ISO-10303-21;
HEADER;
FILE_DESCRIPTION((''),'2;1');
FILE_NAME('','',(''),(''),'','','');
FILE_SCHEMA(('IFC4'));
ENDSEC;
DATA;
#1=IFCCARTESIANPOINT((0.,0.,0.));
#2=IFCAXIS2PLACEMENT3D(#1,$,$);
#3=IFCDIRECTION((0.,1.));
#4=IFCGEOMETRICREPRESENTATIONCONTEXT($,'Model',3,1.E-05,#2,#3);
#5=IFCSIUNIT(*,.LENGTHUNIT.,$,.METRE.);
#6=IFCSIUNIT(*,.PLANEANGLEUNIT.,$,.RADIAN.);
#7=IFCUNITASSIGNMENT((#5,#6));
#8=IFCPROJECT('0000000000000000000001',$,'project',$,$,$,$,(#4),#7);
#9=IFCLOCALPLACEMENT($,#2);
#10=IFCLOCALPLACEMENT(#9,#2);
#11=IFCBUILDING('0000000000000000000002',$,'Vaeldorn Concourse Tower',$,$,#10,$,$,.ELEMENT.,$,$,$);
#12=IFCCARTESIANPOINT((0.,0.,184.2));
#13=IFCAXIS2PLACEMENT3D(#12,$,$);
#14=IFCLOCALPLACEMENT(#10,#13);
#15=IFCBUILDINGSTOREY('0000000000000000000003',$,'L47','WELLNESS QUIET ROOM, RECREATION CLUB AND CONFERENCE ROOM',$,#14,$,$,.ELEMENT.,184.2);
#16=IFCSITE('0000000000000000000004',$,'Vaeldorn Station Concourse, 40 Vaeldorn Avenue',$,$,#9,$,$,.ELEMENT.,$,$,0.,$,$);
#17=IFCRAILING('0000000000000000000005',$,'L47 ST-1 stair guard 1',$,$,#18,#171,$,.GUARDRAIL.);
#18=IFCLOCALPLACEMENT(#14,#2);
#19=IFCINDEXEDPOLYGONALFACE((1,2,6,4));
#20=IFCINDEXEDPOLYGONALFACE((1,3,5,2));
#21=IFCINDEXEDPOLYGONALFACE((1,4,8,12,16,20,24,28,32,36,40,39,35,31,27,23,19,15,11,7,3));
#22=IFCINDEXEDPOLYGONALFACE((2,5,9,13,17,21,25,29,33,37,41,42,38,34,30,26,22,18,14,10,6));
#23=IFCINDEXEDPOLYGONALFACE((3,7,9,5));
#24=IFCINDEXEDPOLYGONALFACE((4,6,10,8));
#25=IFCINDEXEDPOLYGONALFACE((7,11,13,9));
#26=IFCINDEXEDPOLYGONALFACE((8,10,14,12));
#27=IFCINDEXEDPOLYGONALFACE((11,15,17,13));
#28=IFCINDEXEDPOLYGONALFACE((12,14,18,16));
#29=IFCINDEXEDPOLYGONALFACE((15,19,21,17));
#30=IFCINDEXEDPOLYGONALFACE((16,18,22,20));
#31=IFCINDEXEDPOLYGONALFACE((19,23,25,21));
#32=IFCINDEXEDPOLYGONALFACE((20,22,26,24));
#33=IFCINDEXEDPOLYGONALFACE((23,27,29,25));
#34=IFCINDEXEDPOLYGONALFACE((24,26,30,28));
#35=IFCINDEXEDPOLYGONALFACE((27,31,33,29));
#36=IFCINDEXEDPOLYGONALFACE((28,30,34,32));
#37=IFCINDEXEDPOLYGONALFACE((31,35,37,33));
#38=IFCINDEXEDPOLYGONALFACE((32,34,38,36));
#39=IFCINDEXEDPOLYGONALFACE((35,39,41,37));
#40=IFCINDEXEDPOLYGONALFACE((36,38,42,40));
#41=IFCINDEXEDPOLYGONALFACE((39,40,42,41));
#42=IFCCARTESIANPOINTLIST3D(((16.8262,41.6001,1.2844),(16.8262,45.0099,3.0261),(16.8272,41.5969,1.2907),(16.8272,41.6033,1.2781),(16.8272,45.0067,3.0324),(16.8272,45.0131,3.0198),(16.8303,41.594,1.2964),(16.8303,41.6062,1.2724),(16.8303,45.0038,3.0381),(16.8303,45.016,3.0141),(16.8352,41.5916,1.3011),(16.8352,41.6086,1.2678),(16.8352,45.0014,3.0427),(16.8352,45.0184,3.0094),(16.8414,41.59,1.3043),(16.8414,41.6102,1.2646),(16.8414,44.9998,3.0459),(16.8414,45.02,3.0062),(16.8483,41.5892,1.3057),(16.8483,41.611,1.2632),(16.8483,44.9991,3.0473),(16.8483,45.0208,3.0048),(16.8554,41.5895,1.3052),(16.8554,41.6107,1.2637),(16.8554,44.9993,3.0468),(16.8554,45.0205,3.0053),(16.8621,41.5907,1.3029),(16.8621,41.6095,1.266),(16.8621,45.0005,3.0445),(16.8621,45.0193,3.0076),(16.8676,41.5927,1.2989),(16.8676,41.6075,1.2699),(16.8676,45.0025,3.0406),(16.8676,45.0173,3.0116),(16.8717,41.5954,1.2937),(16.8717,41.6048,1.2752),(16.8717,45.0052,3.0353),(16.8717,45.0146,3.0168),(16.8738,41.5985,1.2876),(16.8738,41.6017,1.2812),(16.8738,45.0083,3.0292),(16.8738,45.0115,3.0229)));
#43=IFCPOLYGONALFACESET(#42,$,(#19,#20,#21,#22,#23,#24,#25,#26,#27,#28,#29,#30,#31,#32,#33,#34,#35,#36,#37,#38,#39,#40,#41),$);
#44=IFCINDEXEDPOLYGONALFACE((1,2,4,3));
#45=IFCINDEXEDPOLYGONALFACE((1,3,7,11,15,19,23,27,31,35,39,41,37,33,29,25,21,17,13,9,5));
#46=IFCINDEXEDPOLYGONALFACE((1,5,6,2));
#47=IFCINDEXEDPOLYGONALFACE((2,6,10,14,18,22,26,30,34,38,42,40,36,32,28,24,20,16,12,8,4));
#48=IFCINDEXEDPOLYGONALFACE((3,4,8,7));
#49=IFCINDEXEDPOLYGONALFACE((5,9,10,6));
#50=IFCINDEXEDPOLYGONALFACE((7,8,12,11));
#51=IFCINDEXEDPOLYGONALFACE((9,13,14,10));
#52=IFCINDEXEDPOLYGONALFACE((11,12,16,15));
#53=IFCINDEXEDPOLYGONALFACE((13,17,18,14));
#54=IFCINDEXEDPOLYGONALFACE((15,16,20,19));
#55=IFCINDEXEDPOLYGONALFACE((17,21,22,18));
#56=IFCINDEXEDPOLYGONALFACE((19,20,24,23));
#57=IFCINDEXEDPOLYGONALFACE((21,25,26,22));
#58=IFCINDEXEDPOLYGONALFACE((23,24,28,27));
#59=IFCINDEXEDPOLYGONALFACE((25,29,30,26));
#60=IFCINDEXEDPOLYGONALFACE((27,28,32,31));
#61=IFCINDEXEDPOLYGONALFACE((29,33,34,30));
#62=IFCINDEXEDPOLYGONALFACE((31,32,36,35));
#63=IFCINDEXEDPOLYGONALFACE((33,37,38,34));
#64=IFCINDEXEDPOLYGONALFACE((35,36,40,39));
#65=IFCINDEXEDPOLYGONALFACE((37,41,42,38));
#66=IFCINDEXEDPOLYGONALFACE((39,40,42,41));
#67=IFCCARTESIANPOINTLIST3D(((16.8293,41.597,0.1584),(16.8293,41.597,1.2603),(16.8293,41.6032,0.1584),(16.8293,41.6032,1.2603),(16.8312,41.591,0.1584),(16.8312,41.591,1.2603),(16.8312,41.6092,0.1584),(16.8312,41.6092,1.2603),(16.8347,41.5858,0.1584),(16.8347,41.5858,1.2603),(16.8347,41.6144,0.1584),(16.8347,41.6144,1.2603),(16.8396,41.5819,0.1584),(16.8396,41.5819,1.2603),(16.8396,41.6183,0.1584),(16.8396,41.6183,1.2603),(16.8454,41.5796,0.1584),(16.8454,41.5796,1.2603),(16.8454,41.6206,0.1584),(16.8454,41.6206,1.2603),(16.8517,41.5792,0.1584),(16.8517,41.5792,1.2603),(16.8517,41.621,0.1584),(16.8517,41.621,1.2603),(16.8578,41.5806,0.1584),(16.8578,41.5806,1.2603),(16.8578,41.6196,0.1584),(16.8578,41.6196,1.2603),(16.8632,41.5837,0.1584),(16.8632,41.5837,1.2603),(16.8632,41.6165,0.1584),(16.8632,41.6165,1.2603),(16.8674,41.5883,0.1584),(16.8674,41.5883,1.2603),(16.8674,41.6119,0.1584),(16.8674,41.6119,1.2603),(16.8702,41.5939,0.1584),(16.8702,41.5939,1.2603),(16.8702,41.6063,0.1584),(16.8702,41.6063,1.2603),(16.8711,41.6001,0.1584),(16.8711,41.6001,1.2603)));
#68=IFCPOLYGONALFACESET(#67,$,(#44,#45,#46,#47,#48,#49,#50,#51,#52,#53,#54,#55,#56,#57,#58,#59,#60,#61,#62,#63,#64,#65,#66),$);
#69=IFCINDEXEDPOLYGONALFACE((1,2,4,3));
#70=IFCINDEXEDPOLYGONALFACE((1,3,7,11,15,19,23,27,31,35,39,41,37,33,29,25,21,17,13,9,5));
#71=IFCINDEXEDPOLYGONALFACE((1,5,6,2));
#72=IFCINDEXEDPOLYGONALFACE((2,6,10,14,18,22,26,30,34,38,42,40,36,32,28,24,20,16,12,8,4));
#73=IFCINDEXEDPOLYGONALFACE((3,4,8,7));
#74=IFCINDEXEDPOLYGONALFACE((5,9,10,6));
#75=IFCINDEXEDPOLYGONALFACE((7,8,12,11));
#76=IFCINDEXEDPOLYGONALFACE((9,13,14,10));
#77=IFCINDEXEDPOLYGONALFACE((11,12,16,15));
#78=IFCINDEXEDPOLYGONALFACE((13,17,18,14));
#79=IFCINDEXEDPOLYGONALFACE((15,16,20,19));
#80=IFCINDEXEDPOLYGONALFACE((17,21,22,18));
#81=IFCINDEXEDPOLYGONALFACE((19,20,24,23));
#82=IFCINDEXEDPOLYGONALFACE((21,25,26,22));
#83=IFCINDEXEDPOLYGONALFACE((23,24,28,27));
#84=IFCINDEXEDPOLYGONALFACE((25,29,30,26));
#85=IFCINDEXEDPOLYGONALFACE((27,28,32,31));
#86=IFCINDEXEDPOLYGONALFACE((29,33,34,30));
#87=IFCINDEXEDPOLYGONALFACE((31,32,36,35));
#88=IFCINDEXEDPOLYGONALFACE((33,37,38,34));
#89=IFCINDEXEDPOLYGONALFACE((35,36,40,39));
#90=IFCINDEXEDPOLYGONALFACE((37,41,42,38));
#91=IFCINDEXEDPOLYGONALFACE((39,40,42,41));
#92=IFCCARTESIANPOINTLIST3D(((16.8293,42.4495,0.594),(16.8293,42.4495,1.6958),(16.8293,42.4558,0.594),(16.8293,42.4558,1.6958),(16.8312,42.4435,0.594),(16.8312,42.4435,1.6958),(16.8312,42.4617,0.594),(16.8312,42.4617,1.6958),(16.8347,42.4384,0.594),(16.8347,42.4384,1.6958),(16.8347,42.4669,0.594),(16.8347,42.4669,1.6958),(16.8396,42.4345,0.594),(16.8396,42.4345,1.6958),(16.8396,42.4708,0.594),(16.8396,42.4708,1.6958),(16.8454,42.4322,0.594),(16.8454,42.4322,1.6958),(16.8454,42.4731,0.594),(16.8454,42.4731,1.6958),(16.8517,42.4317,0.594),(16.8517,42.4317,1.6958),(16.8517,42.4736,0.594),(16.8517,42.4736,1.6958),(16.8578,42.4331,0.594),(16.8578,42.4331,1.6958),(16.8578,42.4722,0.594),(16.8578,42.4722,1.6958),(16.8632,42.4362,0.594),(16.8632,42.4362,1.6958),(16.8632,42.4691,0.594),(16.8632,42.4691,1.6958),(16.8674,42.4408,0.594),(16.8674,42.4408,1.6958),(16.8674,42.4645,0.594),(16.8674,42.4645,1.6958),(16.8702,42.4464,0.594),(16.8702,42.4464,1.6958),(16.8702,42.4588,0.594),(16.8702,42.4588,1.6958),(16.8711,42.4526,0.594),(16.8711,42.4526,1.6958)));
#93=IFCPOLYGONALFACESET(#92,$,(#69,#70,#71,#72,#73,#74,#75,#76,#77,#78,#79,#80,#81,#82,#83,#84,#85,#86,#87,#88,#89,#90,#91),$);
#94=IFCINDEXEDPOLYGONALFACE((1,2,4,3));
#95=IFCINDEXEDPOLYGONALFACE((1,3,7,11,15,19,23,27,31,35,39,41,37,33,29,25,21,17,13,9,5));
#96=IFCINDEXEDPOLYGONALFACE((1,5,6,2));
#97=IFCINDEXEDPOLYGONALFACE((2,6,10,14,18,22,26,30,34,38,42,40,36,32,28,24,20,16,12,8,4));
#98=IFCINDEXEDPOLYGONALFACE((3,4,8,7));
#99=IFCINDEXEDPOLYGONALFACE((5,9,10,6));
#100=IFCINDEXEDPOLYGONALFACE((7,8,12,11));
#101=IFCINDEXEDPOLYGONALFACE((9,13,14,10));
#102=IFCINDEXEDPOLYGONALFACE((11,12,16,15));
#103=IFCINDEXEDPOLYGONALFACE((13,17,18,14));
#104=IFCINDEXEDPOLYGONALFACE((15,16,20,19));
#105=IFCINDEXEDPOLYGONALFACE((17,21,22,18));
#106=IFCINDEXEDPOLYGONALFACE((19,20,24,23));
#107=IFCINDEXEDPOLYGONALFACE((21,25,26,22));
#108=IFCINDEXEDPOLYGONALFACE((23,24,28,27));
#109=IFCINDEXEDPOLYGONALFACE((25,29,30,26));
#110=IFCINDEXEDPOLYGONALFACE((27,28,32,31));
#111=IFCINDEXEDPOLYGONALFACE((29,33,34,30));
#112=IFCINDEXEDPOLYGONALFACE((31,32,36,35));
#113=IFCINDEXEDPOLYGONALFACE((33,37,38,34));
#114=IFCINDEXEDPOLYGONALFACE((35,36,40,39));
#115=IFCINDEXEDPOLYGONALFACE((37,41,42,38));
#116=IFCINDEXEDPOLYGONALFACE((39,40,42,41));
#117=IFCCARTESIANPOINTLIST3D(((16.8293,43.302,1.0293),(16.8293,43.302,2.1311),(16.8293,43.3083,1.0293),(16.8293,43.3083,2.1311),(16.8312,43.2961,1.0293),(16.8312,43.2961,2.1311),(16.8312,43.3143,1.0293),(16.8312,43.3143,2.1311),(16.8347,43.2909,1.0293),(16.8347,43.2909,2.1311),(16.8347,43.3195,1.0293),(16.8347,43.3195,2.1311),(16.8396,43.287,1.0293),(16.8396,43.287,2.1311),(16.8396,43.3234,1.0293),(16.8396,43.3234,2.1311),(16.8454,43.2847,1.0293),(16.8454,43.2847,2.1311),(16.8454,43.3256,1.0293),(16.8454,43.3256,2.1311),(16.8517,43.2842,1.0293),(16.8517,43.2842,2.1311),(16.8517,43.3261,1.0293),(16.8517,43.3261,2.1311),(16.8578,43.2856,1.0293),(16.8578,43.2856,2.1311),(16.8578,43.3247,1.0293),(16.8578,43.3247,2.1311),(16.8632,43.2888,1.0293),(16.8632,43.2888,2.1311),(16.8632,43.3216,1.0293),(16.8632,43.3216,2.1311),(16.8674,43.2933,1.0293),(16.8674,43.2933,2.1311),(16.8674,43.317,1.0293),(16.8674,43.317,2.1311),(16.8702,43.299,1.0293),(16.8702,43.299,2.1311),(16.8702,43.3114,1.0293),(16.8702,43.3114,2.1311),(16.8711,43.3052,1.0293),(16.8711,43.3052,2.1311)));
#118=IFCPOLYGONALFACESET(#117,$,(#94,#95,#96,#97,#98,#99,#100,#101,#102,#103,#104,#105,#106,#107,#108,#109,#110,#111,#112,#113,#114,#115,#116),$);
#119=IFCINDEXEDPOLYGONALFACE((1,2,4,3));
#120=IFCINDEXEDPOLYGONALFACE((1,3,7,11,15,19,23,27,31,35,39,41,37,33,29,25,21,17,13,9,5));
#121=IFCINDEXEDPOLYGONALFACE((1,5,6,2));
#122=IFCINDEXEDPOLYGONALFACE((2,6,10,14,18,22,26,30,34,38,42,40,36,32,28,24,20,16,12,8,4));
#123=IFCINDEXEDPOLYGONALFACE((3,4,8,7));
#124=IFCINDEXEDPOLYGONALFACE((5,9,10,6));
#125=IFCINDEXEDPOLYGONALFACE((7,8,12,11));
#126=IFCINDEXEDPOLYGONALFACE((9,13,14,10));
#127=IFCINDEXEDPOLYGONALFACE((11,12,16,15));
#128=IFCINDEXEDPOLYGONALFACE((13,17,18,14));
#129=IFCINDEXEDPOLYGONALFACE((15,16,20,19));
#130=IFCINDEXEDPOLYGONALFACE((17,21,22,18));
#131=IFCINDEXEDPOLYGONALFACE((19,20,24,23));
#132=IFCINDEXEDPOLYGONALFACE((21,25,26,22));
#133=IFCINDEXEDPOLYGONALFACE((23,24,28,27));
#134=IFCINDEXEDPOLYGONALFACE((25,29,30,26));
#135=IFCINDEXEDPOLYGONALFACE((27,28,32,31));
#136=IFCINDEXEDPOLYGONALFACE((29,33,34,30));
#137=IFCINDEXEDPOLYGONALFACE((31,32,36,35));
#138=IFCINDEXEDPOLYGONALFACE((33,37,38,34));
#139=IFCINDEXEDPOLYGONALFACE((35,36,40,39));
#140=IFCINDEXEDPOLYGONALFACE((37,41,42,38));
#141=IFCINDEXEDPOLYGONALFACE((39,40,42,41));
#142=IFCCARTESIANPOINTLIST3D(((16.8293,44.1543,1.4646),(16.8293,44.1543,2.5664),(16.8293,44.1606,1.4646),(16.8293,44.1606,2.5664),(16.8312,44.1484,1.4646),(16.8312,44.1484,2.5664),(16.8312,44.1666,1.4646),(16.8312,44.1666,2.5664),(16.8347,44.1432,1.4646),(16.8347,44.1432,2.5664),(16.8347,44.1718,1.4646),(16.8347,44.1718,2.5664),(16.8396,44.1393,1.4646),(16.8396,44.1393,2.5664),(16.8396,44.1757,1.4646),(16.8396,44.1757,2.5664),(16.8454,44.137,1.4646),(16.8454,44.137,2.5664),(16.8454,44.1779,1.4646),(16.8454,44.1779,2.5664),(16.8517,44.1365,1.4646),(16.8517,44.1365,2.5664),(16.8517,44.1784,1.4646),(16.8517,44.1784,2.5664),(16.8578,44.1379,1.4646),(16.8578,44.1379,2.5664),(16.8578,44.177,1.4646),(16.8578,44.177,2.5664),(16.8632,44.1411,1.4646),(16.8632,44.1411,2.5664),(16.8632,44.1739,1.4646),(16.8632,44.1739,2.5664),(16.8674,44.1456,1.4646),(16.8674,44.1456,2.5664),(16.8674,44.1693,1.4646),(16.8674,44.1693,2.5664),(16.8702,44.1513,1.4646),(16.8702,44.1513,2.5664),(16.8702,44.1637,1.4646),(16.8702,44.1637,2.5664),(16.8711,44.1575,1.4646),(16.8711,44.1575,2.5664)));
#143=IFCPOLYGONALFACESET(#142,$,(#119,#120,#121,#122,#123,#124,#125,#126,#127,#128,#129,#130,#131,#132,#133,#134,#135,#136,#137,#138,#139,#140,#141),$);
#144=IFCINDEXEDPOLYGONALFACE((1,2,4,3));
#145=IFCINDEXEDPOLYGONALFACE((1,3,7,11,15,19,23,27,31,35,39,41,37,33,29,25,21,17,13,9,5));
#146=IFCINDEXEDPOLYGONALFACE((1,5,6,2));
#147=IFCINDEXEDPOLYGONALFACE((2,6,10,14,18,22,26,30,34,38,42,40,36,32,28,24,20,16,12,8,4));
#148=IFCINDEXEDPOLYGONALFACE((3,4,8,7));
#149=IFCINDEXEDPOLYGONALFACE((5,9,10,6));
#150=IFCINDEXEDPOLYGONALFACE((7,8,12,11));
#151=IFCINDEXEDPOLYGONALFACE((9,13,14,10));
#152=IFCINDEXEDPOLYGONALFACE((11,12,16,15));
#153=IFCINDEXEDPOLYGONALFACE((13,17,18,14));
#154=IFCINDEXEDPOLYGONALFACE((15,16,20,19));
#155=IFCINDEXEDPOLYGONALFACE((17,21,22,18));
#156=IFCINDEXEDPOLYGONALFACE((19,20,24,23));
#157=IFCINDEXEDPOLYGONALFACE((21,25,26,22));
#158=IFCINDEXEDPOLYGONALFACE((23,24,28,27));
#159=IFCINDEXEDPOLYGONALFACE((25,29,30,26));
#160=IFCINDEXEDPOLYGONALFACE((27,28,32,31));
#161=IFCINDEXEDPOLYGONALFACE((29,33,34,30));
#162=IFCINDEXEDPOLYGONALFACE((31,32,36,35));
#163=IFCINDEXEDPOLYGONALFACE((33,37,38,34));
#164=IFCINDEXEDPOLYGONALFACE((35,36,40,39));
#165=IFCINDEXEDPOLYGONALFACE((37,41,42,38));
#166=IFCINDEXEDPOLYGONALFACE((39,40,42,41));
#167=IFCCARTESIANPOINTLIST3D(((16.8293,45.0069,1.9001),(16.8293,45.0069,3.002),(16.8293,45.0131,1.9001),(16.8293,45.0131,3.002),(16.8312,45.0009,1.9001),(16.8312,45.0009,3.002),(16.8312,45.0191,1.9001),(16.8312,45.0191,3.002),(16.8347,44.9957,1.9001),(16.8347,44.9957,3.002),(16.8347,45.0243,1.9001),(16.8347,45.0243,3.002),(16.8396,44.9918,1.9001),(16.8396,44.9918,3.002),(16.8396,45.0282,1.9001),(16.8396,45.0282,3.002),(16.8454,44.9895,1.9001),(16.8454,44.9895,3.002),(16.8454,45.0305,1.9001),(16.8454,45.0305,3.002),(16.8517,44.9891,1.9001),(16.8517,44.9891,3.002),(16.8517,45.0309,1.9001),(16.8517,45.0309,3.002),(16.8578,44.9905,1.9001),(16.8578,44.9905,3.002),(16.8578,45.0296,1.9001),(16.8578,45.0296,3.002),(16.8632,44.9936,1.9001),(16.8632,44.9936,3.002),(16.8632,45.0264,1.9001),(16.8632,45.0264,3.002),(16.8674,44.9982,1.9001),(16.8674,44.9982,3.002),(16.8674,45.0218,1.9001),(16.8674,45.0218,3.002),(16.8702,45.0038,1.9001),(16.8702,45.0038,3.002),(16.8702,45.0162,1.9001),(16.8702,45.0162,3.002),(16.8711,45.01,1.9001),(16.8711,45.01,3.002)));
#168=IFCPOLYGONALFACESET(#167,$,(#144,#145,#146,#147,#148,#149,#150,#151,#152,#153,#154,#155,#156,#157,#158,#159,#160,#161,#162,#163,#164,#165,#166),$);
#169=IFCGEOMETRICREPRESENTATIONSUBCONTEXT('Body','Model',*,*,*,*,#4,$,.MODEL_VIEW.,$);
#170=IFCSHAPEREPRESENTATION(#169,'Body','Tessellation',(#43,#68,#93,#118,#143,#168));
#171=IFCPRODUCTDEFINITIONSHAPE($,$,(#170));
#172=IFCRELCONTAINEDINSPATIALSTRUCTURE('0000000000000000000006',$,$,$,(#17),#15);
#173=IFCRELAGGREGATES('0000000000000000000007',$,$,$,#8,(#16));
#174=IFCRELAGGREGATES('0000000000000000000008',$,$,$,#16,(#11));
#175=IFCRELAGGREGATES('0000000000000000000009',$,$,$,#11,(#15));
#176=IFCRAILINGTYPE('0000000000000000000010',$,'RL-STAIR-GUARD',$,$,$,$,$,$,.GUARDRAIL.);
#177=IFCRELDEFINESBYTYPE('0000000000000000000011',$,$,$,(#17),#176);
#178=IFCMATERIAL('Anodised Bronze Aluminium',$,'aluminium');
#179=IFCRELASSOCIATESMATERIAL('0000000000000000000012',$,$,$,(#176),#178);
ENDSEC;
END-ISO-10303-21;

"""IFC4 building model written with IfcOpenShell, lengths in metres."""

from ifc_helpers import new_model, si_unit, direction, frame, origin, origin_2d, place, context, subcontext, project, spatial, circle, extrude, material, type_object, element, save


model = new_model("IFC4")

# Units and contexts
model_context = context("Model", 3, precision=1e-05, world=origin(), true_north=direction((0.0, 1.0)))
body_context = subcontext(model_context, "Body", "Model", "MODEL_VIEW")
ifc_project = project(units=[si_unit("LENGTHUNIT", "METRE"), si_unit("PLANEANGLEUNIT", "RADIAN")], contexts=[model_context])

# Site, building, storey
site_placement = place(None, origin())
site = spatial("IfcSite", under=ifc_project, at=site_placement, Name="Vaeldorn Station Concourse, 40 Vaeldorn Avenue", CompositionType="ELEMENT", RefElevation=0.0)
building_placement = place(site_placement, origin())
building = spatial("IfcBuilding", under=site, at=building_placement, Name="Vaeldorn Concourse Tower", CompositionType="ELEMENT")
storey_placement = place(building_placement, frame((0.0, 0.0, 184.2)))
storey = spatial("IfcBuildingStorey", under=building, at=storey_placement, Name="L47", Description="WELLNESS QUIET ROOM, RECREATION CLUB AND CONFERENCE ROOM", CompositionType="ELEMENT", Elevation=184.2)

# Shared definitions
ifc_material_1 = material(Name="Anodised Bronze Aluminium", Category="aluminium")

# Railing
railing_type_1 = type_object("IfcRailingType", Name="RL-STAIR-GUARD", PredefinedType="GUARDRAIL", material=ifc_material_1)
railing_1_placement = place(storey_placement, frame((16.8501, 41.6001, 0.1584)))
element("IfcRailing", 1, at=railing_1_placement, inside=storey, type_object=railing_type_1, Name="L47 ST-1 stair guard 1", PredefinedType="GUARDRAIL", context=body_context, shape_type="SweptSolid", body=[
    extrude(circle(Radius=0.0239, at=origin_2d()), frame((0.0, 0.0, 1.126), z_axis=(0.0, 0.890556, 0.454874), x_axis=(-1.0, 0.0, 0.0)), (0.0, 0.0, 1.0), 3.8289),
    extrude(circle(Radius=0.021, at=origin_2d()), origin(), (0.0, 0.0, 1.0), 1.1018),
    extrude(circle(Radius=0.021, at=origin_2d()), frame((0.0, 0.8525, 0.4355)), (0.0, 0.0, 1.0), 1.1018),
    extrude(circle(Radius=0.021, at=origin_2d()), frame((0.0, 1.7051, 0.8708)), (0.0, 0.0, 1.0), 1.1018),
    extrude(circle(Radius=0.021, at=origin_2d()), frame((0.0, 2.5574, 1.3062)), (0.0, 0.0, 1.0), 1.1018),
    extrude(circle(Radius=0.021, at=origin_2d()), frame((0.0, 3.4099, 1.7417)), (0.0, 0.0, 1.0), 1.1018),
])

save(model, "model.ifc")
